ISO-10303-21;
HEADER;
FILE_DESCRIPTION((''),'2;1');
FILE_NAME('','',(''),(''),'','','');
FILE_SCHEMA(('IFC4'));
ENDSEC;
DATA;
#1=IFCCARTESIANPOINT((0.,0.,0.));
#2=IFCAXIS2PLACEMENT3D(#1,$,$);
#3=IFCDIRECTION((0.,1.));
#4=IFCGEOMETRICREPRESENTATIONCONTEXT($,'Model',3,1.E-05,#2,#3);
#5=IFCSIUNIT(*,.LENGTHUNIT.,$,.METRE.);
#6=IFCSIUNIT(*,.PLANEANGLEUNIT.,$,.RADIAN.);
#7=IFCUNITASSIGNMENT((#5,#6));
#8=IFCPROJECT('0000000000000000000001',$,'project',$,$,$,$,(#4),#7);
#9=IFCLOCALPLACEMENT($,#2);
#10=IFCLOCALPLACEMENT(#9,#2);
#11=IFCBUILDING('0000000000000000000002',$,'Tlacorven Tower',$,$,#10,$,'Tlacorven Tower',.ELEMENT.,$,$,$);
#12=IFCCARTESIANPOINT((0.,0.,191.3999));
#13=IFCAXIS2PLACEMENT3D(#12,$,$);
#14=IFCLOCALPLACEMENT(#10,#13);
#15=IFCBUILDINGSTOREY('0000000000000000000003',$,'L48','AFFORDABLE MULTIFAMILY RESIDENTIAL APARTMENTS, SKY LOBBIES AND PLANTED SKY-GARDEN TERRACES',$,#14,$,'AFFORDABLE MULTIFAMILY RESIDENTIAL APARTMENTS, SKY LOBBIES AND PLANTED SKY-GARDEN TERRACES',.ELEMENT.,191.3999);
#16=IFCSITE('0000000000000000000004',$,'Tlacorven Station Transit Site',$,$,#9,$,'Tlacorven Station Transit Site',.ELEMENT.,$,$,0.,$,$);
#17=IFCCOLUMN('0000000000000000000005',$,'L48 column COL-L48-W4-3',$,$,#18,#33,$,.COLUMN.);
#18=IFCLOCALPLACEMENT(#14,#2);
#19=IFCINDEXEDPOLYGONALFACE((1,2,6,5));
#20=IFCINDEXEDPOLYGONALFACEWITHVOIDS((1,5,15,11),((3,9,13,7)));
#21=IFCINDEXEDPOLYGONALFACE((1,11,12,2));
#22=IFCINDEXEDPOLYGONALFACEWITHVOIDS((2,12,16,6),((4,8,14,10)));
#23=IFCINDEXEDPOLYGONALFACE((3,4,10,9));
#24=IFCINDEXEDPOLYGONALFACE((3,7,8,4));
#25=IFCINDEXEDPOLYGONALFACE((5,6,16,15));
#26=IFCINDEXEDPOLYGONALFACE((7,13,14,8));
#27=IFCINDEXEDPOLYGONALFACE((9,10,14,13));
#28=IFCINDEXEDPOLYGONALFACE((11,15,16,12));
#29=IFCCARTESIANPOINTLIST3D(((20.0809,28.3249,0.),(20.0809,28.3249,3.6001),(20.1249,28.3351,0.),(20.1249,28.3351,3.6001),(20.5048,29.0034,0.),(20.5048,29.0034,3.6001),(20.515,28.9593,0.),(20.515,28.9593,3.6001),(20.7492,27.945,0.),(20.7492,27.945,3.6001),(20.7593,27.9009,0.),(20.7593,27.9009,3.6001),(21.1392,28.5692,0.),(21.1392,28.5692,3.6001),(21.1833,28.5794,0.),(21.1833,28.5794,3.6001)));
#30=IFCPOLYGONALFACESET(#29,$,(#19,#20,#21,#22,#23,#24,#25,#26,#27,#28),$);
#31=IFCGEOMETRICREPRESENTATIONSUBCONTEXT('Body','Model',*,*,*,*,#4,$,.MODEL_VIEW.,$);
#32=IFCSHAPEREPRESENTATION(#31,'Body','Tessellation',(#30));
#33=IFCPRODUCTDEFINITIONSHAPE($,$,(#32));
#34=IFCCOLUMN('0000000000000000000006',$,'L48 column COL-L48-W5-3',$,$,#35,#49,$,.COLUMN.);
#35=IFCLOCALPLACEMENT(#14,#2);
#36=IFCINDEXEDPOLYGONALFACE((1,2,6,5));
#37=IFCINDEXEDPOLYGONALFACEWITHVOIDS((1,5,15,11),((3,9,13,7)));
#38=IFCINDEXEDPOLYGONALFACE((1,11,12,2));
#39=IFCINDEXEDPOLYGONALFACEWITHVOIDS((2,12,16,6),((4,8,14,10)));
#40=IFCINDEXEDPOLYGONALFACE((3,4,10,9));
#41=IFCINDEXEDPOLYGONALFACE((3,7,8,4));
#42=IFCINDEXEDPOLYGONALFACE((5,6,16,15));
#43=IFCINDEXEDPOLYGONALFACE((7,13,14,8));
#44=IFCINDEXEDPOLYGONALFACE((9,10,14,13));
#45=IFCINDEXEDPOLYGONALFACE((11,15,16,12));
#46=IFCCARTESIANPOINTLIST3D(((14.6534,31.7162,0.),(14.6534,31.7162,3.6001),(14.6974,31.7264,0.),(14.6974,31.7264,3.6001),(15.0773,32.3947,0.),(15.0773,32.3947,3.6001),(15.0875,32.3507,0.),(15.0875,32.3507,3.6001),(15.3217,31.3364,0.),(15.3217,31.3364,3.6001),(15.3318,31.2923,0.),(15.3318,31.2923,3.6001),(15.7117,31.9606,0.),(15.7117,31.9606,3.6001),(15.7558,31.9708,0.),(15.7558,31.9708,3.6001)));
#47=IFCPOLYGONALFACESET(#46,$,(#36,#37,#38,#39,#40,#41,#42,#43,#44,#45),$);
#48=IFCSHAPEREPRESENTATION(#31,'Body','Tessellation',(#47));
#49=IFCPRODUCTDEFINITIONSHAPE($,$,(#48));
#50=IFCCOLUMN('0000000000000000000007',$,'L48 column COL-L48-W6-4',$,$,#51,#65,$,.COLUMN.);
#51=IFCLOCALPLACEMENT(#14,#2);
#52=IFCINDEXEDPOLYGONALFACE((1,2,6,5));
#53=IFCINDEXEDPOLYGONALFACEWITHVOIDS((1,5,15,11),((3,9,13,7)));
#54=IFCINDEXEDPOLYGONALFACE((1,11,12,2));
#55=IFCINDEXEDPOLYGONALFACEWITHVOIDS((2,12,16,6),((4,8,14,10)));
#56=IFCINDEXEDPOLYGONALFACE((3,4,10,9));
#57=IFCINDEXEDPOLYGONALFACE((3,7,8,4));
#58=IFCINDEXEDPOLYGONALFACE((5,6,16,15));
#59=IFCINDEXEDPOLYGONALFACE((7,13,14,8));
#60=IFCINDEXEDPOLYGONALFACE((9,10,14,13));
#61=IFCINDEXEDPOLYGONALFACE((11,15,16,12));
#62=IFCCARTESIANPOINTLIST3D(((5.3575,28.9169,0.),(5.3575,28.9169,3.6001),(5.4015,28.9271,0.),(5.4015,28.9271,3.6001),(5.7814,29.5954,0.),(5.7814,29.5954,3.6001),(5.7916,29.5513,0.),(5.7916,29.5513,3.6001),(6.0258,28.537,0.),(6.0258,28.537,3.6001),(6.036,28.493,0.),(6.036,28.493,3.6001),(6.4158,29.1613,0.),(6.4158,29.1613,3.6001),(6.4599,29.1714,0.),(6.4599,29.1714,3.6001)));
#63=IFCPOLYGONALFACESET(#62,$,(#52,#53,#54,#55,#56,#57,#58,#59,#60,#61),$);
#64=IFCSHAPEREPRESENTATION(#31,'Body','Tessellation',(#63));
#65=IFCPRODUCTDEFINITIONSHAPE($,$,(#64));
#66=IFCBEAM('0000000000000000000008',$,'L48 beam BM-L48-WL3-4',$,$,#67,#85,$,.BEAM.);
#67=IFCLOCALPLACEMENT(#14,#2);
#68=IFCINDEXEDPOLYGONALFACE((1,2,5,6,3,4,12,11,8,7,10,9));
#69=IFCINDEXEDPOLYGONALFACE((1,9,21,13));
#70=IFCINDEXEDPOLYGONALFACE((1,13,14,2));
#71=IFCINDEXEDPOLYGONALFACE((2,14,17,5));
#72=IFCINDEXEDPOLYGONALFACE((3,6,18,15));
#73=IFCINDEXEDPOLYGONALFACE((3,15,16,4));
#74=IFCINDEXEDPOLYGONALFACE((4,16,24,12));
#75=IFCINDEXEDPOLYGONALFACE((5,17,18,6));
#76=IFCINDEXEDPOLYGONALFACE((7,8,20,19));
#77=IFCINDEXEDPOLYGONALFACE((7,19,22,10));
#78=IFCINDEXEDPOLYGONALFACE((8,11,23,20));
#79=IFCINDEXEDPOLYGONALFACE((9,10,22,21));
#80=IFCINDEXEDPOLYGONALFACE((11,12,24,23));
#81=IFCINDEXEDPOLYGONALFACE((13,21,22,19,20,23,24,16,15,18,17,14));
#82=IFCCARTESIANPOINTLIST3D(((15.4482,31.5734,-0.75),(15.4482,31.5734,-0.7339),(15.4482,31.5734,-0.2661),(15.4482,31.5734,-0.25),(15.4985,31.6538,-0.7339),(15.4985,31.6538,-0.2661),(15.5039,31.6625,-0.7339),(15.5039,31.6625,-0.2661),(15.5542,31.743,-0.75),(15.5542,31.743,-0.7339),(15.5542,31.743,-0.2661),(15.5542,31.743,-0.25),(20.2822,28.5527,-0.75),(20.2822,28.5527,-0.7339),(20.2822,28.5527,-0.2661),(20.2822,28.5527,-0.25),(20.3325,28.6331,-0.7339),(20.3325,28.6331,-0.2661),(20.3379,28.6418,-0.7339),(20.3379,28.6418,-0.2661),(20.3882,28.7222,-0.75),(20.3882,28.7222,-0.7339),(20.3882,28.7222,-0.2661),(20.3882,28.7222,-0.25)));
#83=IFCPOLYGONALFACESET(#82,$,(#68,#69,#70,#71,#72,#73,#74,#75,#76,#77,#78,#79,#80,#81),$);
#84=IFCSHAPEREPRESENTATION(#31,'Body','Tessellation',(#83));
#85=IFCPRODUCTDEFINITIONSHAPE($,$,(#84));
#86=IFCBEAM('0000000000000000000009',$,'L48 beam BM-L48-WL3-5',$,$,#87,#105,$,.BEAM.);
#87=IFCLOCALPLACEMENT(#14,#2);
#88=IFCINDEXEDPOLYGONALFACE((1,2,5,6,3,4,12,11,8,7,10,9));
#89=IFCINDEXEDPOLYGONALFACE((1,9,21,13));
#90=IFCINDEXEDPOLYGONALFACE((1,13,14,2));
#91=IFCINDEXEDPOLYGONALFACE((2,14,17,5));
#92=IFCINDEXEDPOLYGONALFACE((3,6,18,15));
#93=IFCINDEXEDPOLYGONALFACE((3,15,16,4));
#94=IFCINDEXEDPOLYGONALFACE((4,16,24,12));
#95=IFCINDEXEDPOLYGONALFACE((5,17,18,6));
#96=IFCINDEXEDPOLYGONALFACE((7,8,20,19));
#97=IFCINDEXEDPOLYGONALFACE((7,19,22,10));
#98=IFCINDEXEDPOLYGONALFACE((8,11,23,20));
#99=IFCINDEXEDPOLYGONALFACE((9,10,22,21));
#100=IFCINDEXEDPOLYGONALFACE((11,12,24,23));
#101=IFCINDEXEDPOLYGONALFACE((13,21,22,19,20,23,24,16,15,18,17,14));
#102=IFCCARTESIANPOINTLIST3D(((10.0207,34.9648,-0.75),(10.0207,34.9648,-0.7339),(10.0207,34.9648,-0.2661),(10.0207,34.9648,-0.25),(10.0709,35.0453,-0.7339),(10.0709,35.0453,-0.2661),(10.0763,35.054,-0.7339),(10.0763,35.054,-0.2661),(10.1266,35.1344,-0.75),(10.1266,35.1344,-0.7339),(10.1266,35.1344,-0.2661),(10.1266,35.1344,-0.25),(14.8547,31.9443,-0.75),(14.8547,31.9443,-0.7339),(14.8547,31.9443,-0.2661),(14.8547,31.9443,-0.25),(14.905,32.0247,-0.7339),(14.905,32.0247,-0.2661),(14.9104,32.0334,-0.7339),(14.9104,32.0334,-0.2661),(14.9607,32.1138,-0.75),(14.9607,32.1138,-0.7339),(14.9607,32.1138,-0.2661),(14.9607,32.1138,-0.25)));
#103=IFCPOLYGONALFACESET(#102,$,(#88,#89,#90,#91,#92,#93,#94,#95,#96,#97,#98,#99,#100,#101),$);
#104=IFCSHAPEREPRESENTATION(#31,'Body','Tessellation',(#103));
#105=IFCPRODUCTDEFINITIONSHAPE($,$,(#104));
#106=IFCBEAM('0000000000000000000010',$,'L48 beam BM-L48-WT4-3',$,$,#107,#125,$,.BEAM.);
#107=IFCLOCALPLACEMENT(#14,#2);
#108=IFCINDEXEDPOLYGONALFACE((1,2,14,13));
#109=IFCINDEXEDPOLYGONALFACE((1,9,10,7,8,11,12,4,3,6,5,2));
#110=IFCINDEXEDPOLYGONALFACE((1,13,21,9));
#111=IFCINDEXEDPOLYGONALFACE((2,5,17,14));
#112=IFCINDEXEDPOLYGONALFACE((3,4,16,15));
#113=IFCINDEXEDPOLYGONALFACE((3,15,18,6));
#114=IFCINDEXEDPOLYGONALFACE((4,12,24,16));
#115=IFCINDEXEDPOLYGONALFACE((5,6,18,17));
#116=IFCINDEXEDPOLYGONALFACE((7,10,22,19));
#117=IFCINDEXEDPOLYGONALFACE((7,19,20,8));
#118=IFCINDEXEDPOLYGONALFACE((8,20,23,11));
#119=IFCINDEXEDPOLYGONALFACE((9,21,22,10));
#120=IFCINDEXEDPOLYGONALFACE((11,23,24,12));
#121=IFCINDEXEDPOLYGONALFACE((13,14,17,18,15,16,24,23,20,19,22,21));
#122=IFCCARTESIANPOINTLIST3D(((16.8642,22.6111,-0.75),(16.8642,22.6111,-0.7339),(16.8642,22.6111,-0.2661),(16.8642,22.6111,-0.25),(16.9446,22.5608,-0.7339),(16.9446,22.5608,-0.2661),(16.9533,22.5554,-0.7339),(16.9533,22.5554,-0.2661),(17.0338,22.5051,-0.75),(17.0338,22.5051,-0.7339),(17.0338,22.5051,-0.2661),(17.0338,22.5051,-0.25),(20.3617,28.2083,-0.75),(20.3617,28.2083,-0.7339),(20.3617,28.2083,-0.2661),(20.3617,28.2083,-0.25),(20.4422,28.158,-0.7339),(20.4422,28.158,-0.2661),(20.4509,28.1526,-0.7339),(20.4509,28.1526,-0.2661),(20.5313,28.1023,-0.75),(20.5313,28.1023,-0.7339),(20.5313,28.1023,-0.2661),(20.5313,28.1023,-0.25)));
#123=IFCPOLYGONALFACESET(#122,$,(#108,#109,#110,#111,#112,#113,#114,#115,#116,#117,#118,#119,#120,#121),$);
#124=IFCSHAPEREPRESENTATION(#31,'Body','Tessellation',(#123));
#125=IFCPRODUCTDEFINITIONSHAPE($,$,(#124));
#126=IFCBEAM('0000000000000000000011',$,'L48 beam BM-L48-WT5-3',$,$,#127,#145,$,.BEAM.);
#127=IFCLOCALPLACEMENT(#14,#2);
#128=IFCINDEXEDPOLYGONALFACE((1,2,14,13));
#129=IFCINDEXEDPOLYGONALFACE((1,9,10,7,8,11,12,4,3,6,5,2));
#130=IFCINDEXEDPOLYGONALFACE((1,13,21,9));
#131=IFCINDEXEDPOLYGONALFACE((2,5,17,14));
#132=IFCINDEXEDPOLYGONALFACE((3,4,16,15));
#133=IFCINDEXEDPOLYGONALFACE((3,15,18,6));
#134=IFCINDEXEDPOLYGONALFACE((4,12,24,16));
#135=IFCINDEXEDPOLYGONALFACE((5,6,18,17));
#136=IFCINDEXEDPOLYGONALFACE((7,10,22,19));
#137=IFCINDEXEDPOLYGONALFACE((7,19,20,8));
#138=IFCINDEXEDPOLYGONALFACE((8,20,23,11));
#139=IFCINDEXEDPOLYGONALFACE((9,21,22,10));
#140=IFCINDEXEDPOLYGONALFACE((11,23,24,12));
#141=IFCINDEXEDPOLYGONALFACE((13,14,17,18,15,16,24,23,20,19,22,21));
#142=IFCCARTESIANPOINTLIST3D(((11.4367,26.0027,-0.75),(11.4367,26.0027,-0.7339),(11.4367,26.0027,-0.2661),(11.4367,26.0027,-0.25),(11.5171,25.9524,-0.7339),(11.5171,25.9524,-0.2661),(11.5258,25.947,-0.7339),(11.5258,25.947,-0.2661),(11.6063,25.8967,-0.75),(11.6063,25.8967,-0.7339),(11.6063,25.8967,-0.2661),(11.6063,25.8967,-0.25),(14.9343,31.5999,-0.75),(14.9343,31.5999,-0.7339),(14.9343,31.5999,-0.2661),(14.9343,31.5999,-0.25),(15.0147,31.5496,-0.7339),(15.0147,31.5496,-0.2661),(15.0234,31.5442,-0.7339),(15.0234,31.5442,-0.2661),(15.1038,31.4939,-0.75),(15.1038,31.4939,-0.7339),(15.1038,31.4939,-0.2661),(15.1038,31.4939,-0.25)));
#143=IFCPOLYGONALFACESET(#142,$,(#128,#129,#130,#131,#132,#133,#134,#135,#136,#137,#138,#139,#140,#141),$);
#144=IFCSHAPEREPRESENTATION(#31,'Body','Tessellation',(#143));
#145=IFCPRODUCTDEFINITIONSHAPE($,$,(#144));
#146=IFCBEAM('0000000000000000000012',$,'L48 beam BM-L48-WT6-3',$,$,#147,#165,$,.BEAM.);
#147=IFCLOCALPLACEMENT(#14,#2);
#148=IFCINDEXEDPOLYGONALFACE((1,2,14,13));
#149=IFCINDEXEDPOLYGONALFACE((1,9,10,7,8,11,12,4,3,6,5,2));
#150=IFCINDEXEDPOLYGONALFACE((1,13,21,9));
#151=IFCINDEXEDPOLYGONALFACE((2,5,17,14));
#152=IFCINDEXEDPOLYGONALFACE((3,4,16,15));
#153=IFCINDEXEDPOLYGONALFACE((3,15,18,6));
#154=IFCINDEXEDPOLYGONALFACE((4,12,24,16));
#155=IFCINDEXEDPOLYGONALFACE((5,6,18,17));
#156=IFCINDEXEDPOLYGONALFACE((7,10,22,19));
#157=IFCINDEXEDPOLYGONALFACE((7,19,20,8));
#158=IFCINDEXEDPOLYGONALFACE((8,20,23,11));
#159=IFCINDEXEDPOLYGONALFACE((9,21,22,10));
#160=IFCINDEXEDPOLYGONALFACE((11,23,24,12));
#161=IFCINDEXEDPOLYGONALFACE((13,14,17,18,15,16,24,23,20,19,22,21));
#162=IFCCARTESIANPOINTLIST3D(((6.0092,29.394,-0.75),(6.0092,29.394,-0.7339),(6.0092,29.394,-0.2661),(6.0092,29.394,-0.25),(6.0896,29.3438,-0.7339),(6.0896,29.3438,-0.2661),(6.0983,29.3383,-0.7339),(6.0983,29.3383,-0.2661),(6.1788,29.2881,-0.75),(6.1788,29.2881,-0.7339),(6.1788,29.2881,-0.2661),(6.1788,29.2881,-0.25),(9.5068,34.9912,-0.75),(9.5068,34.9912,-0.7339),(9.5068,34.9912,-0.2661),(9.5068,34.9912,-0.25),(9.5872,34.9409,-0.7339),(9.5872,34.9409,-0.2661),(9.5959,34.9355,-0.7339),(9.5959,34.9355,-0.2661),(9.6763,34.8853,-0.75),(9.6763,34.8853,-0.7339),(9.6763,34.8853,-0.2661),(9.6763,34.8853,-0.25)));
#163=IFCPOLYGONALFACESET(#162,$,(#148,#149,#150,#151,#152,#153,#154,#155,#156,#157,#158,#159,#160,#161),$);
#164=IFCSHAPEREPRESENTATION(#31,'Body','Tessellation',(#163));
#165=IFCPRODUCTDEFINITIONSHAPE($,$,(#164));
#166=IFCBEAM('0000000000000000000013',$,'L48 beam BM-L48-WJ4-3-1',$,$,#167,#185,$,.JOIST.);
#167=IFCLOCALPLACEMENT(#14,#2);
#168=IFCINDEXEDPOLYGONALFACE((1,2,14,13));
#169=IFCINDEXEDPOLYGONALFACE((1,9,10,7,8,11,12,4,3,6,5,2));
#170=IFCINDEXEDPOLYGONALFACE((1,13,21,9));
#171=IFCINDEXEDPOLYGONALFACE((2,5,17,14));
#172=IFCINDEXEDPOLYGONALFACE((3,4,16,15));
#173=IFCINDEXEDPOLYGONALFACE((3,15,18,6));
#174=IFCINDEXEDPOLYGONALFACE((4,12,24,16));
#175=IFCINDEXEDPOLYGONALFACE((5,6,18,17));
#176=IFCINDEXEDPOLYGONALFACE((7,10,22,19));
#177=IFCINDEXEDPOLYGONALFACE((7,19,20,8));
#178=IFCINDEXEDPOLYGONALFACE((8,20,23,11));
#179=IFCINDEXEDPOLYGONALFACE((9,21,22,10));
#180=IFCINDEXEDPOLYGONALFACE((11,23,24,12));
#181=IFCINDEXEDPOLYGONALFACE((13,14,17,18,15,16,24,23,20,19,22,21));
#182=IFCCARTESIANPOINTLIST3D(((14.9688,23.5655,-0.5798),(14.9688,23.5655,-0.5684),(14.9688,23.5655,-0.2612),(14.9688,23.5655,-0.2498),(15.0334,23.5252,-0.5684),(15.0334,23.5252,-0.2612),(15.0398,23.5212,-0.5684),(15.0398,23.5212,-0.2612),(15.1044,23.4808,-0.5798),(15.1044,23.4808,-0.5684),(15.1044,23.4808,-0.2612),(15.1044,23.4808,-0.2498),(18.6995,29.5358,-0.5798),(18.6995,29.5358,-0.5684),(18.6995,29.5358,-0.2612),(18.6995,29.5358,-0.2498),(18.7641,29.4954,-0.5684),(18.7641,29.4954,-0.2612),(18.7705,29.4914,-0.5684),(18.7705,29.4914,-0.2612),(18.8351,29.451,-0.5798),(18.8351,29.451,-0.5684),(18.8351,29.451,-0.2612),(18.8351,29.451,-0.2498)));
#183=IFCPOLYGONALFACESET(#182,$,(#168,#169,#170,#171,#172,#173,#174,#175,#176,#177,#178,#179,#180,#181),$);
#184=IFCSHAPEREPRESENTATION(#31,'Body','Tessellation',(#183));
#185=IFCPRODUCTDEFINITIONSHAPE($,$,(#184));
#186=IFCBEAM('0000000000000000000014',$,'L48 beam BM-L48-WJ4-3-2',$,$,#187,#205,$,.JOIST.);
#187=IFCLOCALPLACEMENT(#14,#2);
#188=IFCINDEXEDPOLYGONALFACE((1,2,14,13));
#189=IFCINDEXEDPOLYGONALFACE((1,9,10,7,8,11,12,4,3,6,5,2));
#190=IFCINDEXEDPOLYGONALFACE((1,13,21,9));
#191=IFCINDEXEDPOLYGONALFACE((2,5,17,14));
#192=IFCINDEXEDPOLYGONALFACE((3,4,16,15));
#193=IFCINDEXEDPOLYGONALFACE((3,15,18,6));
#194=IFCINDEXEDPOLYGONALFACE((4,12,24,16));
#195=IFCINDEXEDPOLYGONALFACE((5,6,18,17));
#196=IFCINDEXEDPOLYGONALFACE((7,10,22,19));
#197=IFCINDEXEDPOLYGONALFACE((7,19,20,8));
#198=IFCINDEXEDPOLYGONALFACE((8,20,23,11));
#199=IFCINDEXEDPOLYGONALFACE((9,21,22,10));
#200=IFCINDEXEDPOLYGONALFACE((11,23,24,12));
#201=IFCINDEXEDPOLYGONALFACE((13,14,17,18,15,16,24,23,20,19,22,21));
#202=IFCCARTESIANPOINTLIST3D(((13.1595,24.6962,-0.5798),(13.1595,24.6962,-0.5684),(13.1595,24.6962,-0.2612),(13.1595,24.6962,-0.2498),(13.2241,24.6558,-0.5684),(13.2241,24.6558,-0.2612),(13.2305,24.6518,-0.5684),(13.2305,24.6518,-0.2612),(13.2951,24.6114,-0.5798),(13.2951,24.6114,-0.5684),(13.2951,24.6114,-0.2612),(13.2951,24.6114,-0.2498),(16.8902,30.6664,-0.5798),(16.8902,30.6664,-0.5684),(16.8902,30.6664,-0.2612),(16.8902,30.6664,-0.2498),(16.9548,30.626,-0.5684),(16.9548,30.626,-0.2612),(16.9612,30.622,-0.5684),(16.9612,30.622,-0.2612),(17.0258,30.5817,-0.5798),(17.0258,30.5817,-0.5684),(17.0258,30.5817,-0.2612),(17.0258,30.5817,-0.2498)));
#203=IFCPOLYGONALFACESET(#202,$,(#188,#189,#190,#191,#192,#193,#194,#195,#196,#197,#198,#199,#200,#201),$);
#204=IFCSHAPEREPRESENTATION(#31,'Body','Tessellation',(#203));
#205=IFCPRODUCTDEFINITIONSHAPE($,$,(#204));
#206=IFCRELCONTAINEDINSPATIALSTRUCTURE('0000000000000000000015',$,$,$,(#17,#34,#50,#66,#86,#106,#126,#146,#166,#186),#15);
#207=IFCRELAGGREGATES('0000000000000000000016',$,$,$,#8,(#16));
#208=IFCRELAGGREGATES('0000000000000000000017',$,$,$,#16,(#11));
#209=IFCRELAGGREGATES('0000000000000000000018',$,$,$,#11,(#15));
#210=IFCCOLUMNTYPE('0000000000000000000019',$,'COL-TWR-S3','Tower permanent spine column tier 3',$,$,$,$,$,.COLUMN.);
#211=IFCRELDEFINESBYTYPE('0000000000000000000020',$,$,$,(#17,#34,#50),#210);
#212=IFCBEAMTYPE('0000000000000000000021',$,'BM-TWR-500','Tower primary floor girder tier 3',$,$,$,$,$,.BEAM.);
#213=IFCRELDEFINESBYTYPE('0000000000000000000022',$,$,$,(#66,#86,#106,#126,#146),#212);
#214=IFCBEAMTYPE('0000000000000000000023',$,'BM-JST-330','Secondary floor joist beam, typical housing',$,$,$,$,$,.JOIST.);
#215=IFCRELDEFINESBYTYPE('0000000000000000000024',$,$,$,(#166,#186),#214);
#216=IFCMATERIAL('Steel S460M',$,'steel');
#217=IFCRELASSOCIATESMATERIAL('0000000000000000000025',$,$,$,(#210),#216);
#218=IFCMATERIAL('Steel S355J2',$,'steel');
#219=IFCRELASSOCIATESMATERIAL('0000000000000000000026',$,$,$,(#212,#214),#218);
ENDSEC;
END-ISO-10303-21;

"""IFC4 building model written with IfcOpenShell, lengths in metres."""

from ifc_helpers import new_model, si_unit, direction, frame, origin, origin_2d, place, context, subcontext, project, spatial, hollow_rectangle, i_section, extrude, source, transform, mapped, material, material_profile, profile_set, type_object, element, save


model = new_model("IFC4")

# Units and contexts
model_context = context("Model", 3, precision=1e-05, world=origin(), true_north=direction((0.0, 1.0)))
body_context = subcontext(model_context, "Body", "Model", "MODEL_VIEW")
ifc_project = project(units=[si_unit("LENGTHUNIT", "METRE"), si_unit("PLANEANGLEUNIT", "RADIAN")], contexts=[model_context])

# Site, building, storey
site_placement = place(None, origin())
site = spatial("IfcSite", under=ifc_project, at=site_placement, Name="Tlacorven Station Transit Site", LongName="Tlacorven Station Transit Site", CompositionType="ELEMENT", RefElevation=0.0)
building_placement = place(site_placement, origin())
building = spatial("IfcBuilding", under=site, at=building_placement, Name="Tlacorven Tower", LongName="Tlacorven Tower", CompositionType="ELEMENT")
storey_placement = place(building_placement, frame((0.0, 0.0, 191.3999)))
storey = spatial("IfcBuildingStorey", under=building, at=storey_placement, Name="L48", Description="AFFORDABLE MULTIFAMILY RESIDENTIAL APARTMENTS, SKY LOBBIES AND PLANTED SKY-GARDEN TERRACES", LongName="AFFORDABLE MULTIFAMILY RESIDENTIAL APARTMENTS, SKY LOBBIES AND PLANTED SKY-GARDEN TERRACES", CompositionType="ELEMENT", Elevation=191.3999)

# Columns
ifc_material_1 = material(Name="Steel S460M", Category="steel")
ifc_material_profile_1 = material_profile(ifc_material_1, hollow_rectangle(XDim=0.8, YDim=0.8, WallThickness=0.032, at=origin_2d()), Name="BOX 800X800X32")
ifc_profile_set_1 = profile_set([ifc_material_profile_1], Name="Steel S460M")
column_type = type_object("IfcColumnType", Name="COL-TWR-S3", Description="Tower permanent spine column tier 3", PredefinedType="COLUMN", material=ifc_profile_set_1)
shared_shape_1 = source(origin(), body_context, "Body", "SweptSolid", [
    extrude(hollow_rectangle(XDim=0.8, YDim=0.8, WallThickness=0.032, at=origin_2d()), origin(), (0.0, 0.0, 1.0), 3.6001),
])
for number, where, z_axis, x_axis, name in (
    (1, (20.6321, 28.4521, 0.0), (0.0, 0.0, 1.0), (-0.848048, 0.529919, 0.0), "L48 column COL-L48-W4-3"),
    (2, (15.2046, 31.8435, 0.0), (0.0, 0.0, 1.0), (-0.848048, 0.529919, 0.0), "L48 column COL-L48-W5-3"),
    (3, (5.9087, 29.0442, 0.0), (0.0, 0.0, 1.0), (-0.848048, 0.529919, 0.0), "L48 column COL-L48-W6-4"),
):
    element("IfcColumn", number, at=place(storey_placement, frame(where, z_axis=z_axis, x_axis=x_axis)), inside=storey, type_object=column_type, Name=name, PredefinedType="COLUMN", context=body_context, shape_type="MappedRepresentation", body=[
        mapped(shared_shape_1, transform((0.0, 0.0, 0.0), scale=1.0)),
    ])

# Beams
ifc_material_2 = material(Name="Steel S355J2", Category="steel")
ifc_material_profile_2 = material_profile(ifc_material_2, i_section(OverallWidth=0.2, OverallDepth=0.5, WebThickness=0.0103, FlangeThickness=0.0161, at=origin_2d()), Name="IPE 500")
ifc_profile_set_2 = profile_set([ifc_material_profile_2], Name="Steel S355J2")
beam_type_1 = type_object("IfcBeamType", Name="BM-TWR-500", Description="Tower primary floor girder tier 3", PredefinedType="BEAM", material=ifc_profile_set_2)
shared_shape_2 = source(origin(), body_context, "Body", "SweptSolid", [
    extrude(i_section(OverallWidth=0.2, OverallDepth=0.5, WebThickness=0.0103, FlangeThickness=0.0161, at=origin_2d()), origin(), (0.0, 0.0, 1.0), 5.7002),
])
for number, where, z_axis, x_axis, name in (
    (4, (20.3352, 28.6375, -0.5), (-0.848037, 0.529937, 0.0), (-0.529937, -0.848037, 0.0), "L48 beam BM-L48-WL3-4"),
    (5, (14.9077, 32.0291, -0.5), (-0.848056, 0.529907, 0.0), (-0.529907, -0.848056, 0.0), "L48 beam BM-L48-WL3-5"),
):
    element("IfcBeam", number, at=place(storey_placement, frame(where, z_axis=z_axis, x_axis=x_axis)), inside=storey, type_object=beam_type_1, Name=name, PredefinedType="BEAM", context=body_context, shape_type="MappedRepresentation", body=[
        mapped(shared_shape_2, transform((0.0, 0.0, 0.0), scale=1.0)),
    ])
shared_shape_3 = source(origin(), body_context, "Body", "SweptSolid", [
    extrude(i_section(OverallWidth=0.2, OverallDepth=0.5, WebThickness=0.0103, FlangeThickness=0.0161, at=origin_2d()), origin(), (0.0, 0.0, 1.0), 6.6001),
])
for number, where, z_axis, x_axis, name in (
    (6, (20.4465, 28.1553, -0.5), (-0.529926, -0.848044, 0.0), (0.848044, -0.529926, 0.0), "L48 beam BM-L48-WT4-3"),
    (7, (15.019, 31.5469, -0.5), (-0.529926, -0.848044, 0.0), (0.848044, -0.529926, 0.0), "L48 beam BM-L48-WT5-3"),
    (8, (9.5916, 34.9382, -0.5), (-0.529926, -0.848044, 0.0), (0.848044, -0.529926, 0.0), "L48 beam BM-L48-WT6-3"),
):
    element("IfcBeam", number, at=place(storey_placement, frame(where, z_axis=z_axis, x_axis=x_axis)), inside=storey, type_object=beam_type_1, Name=name, PredefinedType="BEAM", context=body_context, shape_type="MappedRepresentation", body=[
        mapped(shared_shape_3, transform((0.0, 0.0, 0.0), scale=1.0)),
    ])
ifc_material_profile_3 = material_profile(ifc_material_2, i_section(OverallWidth=0.1599, OverallDepth=0.3301, WebThickness=0.0076, FlangeThickness=0.0115, at=origin_2d()), Name="IPE 330")
ifc_profile_set_3 = profile_set([ifc_material_profile_3], Name="Steel S355J2")
beam_type_2 = type_object("IfcBeamType", Name="BM-JST-330", Description="Secondary floor joist beam, typical housing", PredefinedType="JOIST", material=ifc_profile_set_3)
shared_shape_4 = source(origin(), body_context, "Body", "SweptSolid", [
    extrude(i_section(OverallWidth=0.1599, OverallDepth=0.3301, WebThickness=0.0076, FlangeThickness=0.0115, at=origin_2d()), origin(), (0.0, 0.0, 1.0), 7.04),
])
for number, where, z_axis, x_axis, name in (
    (9, (18.7673, 29.4934, -0.4148), (-0.52993, -0.848041, 0.0), (0.848041, -0.52993, 0.0), "L48 beam BM-L48-WJ4-3-1"),
    (10, (16.958, 30.624, -0.4148), (-0.52993, -0.848041, 0.0), (0.848041, -0.52993, 0.0), "L48 beam BM-L48-WJ4-3-2"),
):
    element("IfcBeam", number, at=place(storey_placement, frame(where, z_axis=z_axis, x_axis=x_axis)), inside=storey, type_object=beam_type_2, Name=name, PredefinedType="JOIST", context=body_context, shape_type="MappedRepresentation", body=[
        mapped(shared_shape_4, transform((0.0, 0.0, 0.0), scale=1.0)),
    ])

save(model, "model.ifc")
